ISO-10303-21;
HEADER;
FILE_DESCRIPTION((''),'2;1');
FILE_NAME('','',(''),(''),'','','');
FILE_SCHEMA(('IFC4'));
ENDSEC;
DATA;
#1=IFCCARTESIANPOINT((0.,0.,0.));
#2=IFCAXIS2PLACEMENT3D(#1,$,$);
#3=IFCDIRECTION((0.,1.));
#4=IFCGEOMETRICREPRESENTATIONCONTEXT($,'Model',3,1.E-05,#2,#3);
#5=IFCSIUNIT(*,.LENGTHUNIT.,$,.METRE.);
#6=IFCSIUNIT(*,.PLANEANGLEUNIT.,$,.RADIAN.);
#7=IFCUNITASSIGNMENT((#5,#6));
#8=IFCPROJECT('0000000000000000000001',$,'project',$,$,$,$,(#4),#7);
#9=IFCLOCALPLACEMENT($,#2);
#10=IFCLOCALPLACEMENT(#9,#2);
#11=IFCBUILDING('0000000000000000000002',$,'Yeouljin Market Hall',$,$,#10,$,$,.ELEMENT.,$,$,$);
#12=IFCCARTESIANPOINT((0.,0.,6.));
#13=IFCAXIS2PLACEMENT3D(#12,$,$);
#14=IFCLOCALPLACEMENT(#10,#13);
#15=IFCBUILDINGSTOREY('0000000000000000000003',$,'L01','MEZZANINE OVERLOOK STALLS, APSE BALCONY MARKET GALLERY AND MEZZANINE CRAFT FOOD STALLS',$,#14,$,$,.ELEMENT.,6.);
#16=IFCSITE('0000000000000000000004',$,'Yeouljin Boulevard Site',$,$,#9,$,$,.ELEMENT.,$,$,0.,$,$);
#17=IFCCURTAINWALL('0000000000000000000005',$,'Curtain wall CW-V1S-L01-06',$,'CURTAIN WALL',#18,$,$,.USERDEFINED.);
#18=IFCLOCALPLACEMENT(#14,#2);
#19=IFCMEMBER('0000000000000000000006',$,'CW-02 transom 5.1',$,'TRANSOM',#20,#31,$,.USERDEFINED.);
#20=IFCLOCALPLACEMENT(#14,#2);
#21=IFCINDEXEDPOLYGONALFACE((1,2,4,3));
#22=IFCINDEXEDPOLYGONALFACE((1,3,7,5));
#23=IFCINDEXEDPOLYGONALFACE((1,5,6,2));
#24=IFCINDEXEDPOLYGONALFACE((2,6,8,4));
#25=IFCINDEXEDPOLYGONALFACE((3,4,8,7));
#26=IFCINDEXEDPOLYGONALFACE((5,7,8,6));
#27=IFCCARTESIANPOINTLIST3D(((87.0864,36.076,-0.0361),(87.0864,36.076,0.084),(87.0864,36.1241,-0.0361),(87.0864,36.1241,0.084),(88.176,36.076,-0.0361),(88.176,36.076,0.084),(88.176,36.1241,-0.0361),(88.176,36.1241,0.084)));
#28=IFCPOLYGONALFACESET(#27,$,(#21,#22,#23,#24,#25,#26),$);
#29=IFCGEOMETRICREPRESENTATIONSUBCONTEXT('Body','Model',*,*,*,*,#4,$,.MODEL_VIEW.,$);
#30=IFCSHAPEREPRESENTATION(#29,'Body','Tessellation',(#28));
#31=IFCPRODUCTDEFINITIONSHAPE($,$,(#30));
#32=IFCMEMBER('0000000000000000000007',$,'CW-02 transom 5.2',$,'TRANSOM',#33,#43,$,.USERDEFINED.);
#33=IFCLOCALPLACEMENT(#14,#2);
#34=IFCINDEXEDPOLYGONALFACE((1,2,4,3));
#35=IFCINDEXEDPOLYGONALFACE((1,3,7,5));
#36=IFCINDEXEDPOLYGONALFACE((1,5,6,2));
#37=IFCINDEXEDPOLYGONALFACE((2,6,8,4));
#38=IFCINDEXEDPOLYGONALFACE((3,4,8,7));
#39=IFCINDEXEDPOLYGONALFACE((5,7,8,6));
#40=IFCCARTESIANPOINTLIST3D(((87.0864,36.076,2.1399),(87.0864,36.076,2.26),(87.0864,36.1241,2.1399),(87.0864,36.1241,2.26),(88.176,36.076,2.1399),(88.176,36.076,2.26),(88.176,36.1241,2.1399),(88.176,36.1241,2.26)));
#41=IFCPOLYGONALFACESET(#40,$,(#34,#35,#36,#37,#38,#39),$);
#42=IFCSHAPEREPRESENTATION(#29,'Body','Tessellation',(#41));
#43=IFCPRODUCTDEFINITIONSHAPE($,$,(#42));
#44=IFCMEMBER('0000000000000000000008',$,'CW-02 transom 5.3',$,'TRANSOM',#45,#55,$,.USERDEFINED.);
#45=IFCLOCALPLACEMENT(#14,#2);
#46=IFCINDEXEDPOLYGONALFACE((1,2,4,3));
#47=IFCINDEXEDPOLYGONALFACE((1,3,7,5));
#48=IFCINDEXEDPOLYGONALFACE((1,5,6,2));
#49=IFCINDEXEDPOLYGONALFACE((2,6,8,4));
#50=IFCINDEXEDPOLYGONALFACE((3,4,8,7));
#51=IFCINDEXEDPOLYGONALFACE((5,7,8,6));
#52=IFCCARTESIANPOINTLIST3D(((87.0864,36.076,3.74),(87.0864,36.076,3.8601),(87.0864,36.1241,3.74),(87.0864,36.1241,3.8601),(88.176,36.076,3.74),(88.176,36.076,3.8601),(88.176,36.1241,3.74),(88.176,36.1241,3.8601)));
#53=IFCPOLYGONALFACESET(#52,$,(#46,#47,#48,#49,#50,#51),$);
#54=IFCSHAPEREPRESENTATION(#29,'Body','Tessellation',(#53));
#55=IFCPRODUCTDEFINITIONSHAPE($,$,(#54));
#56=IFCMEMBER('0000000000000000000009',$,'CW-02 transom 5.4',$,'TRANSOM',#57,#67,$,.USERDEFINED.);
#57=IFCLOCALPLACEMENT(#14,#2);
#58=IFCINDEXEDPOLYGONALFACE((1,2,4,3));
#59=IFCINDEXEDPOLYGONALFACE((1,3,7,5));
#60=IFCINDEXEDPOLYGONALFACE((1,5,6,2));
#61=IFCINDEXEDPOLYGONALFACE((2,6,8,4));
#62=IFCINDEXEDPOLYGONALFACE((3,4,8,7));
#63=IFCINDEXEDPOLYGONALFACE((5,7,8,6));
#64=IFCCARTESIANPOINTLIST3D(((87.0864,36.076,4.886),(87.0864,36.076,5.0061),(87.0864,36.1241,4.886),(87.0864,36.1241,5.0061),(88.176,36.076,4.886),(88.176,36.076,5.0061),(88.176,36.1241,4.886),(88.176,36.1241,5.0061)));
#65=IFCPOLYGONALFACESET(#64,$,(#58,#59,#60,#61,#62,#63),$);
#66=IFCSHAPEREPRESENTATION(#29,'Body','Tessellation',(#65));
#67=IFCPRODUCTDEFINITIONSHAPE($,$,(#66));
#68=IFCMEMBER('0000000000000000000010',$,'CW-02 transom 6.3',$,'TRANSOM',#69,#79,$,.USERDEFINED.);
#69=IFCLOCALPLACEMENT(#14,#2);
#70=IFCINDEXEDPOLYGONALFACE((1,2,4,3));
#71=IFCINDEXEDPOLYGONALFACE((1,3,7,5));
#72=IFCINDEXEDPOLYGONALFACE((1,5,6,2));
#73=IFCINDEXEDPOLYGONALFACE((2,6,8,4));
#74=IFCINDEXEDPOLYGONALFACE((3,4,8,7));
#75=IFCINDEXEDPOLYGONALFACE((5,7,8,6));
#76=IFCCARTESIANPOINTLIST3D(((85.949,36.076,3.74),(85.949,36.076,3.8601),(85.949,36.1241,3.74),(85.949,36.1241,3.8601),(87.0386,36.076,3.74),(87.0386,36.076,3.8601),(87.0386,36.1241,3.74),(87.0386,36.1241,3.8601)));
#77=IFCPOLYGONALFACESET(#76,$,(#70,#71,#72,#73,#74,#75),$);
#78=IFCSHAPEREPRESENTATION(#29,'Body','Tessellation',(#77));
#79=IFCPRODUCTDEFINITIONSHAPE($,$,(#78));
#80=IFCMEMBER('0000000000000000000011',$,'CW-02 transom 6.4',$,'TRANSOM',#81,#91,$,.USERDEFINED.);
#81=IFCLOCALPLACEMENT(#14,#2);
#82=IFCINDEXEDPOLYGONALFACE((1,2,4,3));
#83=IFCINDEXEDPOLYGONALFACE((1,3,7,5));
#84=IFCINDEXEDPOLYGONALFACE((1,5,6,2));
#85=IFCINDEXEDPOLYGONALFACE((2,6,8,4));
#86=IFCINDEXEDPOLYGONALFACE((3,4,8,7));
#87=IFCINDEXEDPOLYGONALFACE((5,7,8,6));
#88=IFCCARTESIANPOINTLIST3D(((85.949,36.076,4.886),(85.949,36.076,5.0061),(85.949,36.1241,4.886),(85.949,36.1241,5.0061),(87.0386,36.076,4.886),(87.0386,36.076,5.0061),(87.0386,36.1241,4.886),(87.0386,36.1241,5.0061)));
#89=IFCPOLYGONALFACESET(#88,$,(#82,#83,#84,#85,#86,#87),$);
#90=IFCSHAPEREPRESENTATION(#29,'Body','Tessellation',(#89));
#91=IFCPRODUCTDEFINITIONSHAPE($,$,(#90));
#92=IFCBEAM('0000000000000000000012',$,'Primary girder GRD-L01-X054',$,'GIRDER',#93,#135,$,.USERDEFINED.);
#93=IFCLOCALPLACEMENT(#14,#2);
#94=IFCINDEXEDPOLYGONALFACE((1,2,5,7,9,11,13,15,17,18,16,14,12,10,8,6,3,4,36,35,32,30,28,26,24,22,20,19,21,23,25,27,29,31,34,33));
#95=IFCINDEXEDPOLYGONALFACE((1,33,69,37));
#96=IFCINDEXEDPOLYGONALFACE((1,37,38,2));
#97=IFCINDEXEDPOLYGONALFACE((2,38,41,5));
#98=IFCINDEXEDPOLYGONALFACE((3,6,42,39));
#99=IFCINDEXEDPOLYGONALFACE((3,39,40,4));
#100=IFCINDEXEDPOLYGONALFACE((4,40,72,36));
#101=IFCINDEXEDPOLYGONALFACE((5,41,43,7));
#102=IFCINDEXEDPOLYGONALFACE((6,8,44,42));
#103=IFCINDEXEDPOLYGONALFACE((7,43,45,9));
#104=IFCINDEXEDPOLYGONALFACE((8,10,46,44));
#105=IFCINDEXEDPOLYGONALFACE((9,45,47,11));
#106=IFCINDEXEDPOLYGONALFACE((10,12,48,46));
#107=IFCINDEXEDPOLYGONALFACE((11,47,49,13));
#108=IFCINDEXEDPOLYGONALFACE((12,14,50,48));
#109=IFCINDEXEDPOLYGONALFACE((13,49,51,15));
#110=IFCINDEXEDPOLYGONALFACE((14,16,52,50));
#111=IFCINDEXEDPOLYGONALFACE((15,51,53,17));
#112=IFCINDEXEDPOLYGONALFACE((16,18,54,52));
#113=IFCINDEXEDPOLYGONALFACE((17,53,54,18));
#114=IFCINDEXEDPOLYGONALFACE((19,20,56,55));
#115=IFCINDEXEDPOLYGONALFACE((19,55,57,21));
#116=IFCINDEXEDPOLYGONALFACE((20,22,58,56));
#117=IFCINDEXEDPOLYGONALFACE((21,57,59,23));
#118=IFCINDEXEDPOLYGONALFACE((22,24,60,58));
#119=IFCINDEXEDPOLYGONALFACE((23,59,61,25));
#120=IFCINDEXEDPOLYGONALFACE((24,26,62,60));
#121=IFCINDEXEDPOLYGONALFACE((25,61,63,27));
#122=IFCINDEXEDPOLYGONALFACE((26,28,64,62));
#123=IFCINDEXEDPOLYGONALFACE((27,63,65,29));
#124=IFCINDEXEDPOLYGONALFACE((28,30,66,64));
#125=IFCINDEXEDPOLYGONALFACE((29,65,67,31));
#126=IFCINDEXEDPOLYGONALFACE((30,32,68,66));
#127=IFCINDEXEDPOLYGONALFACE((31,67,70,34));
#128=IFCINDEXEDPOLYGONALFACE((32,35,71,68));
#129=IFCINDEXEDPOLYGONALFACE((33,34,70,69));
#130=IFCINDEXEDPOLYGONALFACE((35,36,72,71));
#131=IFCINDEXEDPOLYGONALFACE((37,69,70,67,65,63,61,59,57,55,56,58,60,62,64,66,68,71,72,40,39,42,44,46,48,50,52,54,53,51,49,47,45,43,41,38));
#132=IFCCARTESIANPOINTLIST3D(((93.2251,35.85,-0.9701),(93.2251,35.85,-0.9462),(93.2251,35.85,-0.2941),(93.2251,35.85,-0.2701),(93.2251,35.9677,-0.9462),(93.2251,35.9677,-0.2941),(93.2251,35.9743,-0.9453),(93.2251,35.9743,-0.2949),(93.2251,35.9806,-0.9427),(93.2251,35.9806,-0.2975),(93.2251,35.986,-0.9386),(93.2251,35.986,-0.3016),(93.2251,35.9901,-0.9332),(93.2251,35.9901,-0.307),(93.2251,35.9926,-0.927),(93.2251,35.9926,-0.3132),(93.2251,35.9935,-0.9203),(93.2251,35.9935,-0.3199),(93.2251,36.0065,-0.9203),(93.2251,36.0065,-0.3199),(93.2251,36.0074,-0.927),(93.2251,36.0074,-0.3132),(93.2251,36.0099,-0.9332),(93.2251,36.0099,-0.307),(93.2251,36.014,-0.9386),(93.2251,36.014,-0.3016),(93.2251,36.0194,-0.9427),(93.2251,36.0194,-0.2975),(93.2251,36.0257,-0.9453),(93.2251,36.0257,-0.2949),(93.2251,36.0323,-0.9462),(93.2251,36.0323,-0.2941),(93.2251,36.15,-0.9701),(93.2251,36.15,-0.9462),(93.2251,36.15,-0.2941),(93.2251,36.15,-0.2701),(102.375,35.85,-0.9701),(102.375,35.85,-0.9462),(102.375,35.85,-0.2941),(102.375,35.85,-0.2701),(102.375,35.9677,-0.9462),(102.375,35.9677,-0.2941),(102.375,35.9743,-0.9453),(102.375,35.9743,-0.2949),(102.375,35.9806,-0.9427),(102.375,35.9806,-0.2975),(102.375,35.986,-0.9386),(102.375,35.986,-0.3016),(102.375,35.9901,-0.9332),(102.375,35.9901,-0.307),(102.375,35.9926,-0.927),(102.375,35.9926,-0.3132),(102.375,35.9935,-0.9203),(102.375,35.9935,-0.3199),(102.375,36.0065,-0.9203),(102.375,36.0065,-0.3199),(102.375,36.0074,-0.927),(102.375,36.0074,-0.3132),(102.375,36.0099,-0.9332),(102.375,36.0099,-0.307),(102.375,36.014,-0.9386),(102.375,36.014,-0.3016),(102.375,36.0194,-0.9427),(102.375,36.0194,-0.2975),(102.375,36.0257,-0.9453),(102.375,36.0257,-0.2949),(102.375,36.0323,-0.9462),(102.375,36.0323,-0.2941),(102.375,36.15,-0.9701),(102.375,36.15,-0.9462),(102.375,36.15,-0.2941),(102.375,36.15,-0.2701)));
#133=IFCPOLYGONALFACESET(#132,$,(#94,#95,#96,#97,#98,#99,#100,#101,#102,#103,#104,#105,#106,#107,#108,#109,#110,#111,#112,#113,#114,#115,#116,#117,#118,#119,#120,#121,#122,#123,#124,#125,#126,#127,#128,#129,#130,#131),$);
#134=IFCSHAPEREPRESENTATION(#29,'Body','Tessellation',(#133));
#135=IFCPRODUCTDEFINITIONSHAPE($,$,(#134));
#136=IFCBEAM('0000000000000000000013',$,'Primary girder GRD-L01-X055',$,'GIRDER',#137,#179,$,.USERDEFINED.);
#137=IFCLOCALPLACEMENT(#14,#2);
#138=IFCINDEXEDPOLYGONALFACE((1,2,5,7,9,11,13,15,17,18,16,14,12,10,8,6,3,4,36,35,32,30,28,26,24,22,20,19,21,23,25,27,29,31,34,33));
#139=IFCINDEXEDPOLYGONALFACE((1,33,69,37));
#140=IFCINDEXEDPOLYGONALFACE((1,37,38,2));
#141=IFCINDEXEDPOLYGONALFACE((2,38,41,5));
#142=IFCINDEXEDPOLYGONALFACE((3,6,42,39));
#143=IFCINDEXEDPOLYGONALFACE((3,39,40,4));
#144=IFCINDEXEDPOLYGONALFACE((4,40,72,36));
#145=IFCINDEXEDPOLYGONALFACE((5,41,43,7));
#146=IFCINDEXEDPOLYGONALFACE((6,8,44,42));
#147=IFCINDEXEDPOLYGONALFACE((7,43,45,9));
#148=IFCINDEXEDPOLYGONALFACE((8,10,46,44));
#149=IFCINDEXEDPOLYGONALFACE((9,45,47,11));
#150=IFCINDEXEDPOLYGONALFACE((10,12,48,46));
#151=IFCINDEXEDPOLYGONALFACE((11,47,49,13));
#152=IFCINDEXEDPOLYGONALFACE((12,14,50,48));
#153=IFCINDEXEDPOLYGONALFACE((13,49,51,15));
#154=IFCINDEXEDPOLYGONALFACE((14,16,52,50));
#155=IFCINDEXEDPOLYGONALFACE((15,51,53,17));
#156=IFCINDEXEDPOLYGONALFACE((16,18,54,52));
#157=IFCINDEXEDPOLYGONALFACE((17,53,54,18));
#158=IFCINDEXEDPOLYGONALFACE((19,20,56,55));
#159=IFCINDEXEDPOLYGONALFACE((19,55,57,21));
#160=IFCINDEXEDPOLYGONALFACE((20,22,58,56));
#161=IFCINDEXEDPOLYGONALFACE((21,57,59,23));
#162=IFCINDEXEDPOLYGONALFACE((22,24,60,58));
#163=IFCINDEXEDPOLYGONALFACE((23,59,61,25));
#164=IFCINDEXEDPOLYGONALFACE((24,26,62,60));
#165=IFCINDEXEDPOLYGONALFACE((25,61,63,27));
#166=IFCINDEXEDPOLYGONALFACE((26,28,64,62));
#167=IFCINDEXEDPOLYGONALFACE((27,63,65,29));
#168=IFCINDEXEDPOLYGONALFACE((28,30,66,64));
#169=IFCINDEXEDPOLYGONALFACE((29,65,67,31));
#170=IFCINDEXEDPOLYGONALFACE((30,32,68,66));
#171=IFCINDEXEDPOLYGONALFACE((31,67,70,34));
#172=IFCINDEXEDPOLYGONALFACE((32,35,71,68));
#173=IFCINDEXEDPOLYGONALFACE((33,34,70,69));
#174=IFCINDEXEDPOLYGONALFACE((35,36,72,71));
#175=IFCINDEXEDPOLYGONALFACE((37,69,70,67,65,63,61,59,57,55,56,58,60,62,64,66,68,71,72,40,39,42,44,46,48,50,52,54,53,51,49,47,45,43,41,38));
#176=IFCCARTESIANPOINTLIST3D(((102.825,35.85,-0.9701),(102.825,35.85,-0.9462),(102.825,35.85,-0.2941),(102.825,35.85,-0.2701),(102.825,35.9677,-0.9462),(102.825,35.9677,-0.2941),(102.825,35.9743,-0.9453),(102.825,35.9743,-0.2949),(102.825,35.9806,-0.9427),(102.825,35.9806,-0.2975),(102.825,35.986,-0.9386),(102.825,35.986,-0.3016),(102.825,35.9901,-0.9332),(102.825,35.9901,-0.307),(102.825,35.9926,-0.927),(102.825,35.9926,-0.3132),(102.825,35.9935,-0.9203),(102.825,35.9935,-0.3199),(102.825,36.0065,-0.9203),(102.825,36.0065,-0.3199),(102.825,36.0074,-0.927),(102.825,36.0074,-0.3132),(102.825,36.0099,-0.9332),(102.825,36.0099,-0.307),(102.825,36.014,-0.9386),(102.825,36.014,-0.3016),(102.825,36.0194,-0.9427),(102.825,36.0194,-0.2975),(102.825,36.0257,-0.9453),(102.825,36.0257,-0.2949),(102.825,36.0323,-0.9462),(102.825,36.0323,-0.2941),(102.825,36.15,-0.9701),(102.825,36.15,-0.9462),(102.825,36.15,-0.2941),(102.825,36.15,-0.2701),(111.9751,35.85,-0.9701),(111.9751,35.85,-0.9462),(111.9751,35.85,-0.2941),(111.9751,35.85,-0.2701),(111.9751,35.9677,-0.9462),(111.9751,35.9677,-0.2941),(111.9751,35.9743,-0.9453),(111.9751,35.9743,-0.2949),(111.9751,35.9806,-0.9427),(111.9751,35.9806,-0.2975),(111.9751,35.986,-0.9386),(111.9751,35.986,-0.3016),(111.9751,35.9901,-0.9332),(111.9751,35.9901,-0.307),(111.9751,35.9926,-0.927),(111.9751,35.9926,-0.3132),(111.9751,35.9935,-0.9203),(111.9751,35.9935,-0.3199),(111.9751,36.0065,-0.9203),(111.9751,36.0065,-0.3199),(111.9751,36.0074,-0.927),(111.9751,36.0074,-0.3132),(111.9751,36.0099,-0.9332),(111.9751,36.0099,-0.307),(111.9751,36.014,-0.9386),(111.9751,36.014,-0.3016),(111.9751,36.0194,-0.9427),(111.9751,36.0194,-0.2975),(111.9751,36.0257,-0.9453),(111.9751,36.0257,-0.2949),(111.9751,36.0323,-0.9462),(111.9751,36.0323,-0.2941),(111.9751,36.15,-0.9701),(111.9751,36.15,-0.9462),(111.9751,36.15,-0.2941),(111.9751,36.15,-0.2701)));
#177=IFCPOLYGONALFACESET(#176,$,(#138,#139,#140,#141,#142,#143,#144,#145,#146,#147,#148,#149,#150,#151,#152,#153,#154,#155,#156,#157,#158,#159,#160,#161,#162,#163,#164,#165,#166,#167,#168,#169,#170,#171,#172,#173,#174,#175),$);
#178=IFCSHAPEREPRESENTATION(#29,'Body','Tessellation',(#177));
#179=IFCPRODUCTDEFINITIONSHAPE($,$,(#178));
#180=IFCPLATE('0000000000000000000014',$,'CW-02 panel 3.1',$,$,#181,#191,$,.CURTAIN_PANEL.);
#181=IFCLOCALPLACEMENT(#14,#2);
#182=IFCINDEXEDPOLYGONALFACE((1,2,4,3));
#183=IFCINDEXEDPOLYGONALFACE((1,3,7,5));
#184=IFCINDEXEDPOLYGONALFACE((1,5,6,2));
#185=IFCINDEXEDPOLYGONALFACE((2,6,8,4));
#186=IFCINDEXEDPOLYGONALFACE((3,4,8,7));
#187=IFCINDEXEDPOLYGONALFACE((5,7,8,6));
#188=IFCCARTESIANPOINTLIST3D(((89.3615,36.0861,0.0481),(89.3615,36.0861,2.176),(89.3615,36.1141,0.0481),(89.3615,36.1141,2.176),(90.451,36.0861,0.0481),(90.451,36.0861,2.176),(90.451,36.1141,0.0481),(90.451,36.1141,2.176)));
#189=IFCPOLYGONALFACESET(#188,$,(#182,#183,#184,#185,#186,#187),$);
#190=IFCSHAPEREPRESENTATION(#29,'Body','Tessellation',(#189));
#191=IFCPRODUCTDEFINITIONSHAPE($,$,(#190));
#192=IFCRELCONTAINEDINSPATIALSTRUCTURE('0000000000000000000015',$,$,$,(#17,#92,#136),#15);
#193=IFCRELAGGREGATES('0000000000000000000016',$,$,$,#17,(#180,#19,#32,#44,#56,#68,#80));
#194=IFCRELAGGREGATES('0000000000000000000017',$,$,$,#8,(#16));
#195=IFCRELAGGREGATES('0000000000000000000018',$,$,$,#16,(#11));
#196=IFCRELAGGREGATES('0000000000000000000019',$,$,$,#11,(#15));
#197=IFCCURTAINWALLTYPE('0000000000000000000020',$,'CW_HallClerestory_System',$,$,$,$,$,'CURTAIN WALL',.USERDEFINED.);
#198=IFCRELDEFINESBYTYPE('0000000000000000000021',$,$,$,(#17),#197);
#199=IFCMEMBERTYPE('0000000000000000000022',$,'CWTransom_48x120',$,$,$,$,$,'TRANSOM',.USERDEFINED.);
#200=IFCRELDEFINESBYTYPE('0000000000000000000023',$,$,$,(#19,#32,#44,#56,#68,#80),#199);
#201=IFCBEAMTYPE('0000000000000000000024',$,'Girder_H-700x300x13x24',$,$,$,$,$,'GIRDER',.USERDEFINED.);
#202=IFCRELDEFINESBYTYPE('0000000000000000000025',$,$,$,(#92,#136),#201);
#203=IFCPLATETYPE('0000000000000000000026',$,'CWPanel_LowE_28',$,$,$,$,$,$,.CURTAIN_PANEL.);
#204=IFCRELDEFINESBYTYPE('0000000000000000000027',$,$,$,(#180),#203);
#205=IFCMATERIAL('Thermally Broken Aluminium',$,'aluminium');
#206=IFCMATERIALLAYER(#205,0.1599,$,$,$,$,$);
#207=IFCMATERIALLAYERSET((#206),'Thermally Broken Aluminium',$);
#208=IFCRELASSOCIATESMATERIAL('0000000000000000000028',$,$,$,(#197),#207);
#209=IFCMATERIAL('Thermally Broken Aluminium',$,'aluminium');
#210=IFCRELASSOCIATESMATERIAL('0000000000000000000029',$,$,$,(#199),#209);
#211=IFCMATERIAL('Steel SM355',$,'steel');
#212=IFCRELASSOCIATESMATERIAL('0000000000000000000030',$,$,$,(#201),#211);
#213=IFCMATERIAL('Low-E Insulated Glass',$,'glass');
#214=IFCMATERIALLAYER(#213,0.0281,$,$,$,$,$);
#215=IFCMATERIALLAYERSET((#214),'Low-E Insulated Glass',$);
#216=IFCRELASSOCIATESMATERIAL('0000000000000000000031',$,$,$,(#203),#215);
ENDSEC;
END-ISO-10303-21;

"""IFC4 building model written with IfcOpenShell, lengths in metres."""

from ifc_helpers import new_model, si_unit, direction, frame, origin, origin_2d, place, context, subcontext, project, spatial, rectangle, i_section, extrude, material, layer, layer_set, material_profile, profile_set, type_object, element, aggregate, save


model = new_model("IFC4")

# Units and contexts
model_context = context("Model", 3, precision=1e-05, world=origin(), true_north=direction((0.0, 1.0)))
body_context = subcontext(model_context, "Body", "Model", "MODEL_VIEW")
ifc_project = project(units=[si_unit("LENGTHUNIT", "METRE"), si_unit("PLANEANGLEUNIT", "RADIAN")], contexts=[model_context])

# Site, building, storey
site_placement = place(None, origin())
site = spatial("IfcSite", under=ifc_project, at=site_placement, Name="Yeouljin Boulevard Site", CompositionType="ELEMENT", RefElevation=0.0)
building_placement = place(site_placement, origin())
building = spatial("IfcBuilding", under=site, at=building_placement, Name="Yeouljin Market Hall", CompositionType="ELEMENT")
storey_placement = place(building_placement, frame((0.0, 0.0, 6.0)))
storey = spatial("IfcBuildingStorey", under=building, at=storey_placement, Name="L01", Description="MEZZANINE OVERLOOK STALLS, APSE BALCONY MARKET GALLERY AND MEZZANINE CRAFT FOOD STALLS", CompositionType="ELEMENT", Elevation=6.0)

# Curtain wall, members
ifc_material_1 = material(Name="Thermally Broken Aluminium", Category="aluminium")
ifc_layer_1 = layer(ifc_material_1, 0.1599)
ifc_layer_set_1 = layer_set([ifc_layer_1], Name="Thermally Broken Aluminium")
curtain_wall_type = type_object("IfcCurtainWallType", Name="CW_HallClerestory_System", ElementType="CURTAIN WALL", PredefinedType="USERDEFINED", material=ifc_layer_set_1)
curtain_wall_placement = place(storey_placement, origin())
curtain_wall = element("IfcCurtainWall", 1, at=curtain_wall_placement, inside=storey, type_object=curtain_wall_type, Name="Curtain wall CW-V1S-L01-06", ObjectType="CURTAIN WALL", PredefinedType="USERDEFINED")
ifc_material_2 = material(Name="Thermally Broken Aluminium", Category="aluminium")
ifc_material_profile_1 = material_profile(ifc_material_2, rectangle(XDim=0.0481, YDim=0.1201, at=origin_2d()), Name="CW-TRAN-48x120")
ifc_profile_set_1 = profile_set([ifc_material_profile_1], Name="Thermally Broken Aluminium")
member_type_1 = type_object("IfcMemberType", Name="CWTransom_48x120", ElementType="TRANSOM", PredefinedType="USERDEFINED", material=ifc_profile_set_1)
member_1_placement = place(storey_placement, frame((88.176, 36.1001, 0.0239), z_axis=(-1.0, 0.0, 0.0), x_axis=(0.0, -1.0, 0.0)))
member_1 = element("IfcMember", 2, at=member_1_placement, type_object=member_type_1, Name="CW-02 transom 5.1", ObjectType="TRANSOM", PredefinedType="USERDEFINED", context=body_context, shape_type="SweptSolid", body=[
    extrude(rectangle(XDim=0.0481, YDim=0.1201, at=origin_2d()), origin(), (0.0, 0.0, 1.0), 1.0896),
])
member_2_placement = place(storey_placement, frame((88.176, 36.1001, 2.2), z_axis=(-1.0, 0.0, 0.0), x_axis=(0.0, -1.0, 0.0)))
member_2 = element("IfcMember", 3, at=member_2_placement, type_object=member_type_1, Name="CW-02 transom 5.2", ObjectType="TRANSOM", PredefinedType="USERDEFINED", context=body_context, shape_type="SweptSolid", body=[
    extrude(rectangle(XDim=0.0481, YDim=0.1201, at=origin_2d()), origin(), (0.0, 0.0, 1.0), 1.0896),
])
member_3_placement = place(storey_placement, frame((88.176, 36.1001, 3.8), z_axis=(-1.0, 0.0, 0.0), x_axis=(0.0, -1.0, 0.0)))
member_3 = element("IfcMember", 4, at=member_3_placement, type_object=member_type_1, Name="CW-02 transom 5.3", ObjectType="TRANSOM", PredefinedType="USERDEFINED", context=body_context, shape_type="SweptSolid", body=[
    extrude(rectangle(XDim=0.0481, YDim=0.1201, at=origin_2d()), origin(), (0.0, 0.0, 1.0), 1.0896),
])
member_4_placement = place(storey_placement, frame((88.176, 36.1001, 4.946), z_axis=(-1.0, 0.0, 0.0), x_axis=(0.0, -1.0, 0.0)))
member_4 = element("IfcMember", 5, at=member_4_placement, type_object=member_type_1, Name="CW-02 transom 5.4", ObjectType="TRANSOM", PredefinedType="USERDEFINED", context=body_context, shape_type="SweptSolid", body=[
    extrude(rectangle(XDim=0.0481, YDim=0.1201, at=origin_2d()), origin(), (0.0, 0.0, 1.0), 1.0896),
])
member_5_placement = place(storey_placement, frame((87.0386, 36.1001, 3.8), z_axis=(-1.0, 0.0, 0.0), x_axis=(0.0, -1.0, 0.0)))
member_5 = element("IfcMember", 6, at=member_5_placement, type_object=member_type_1, Name="CW-02 transom 6.3", ObjectType="TRANSOM", PredefinedType="USERDEFINED", context=body_context, shape_type="SweptSolid", body=[
    extrude(rectangle(XDim=0.0481, YDim=0.1201, at=origin_2d()), origin(), (0.0, 0.0, 1.0), 1.0896),
])
member_6_placement = place(storey_placement, frame((87.0386, 36.1001, 4.946), z_axis=(-1.0, 0.0, 0.0), x_axis=(0.0, -1.0, 0.0)))
member_6 = element("IfcMember", 7, at=member_6_placement, type_object=member_type_1, Name="CW-02 transom 6.4", ObjectType="TRANSOM", PredefinedType="USERDEFINED", context=body_context, shape_type="SweptSolid", body=[
    extrude(rectangle(XDim=0.0481, YDim=0.1201, at=origin_2d()), origin(), (0.0, 0.0, 1.0), 1.0896),
])

# Beams
ifc_material_3 = material(Name="Steel SM355", Category="steel")
ifc_material_profile_2 = material_profile(ifc_material_3, i_section(OverallWidth=0.3, OverallDepth=0.7, WebThickness=0.0129, FlangeThickness=0.0239, FilletRadius=0.0259, at=origin_2d()), Name="H-700x300x13x24")
ifc_profile_set_2 = profile_set([ifc_material_profile_2], Name="Steel SM355")
beam_type = type_object("IfcBeamType", Name="Girder_H-700x300x13x24", ElementType="GIRDER", PredefinedType="USERDEFINED", material=ifc_profile_set_2)
beam_1_placement = place(storey_placement, frame((93.2251, 36.0, -0.6201), z_axis=(1.0, 0.0, 0.0), x_axis=(0.0, 1.0, 0.0)))
element("IfcBeam", 8, at=beam_1_placement, inside=storey, type_object=beam_type, Name="Primary girder GRD-L01-X054", ObjectType="GIRDER", PredefinedType="USERDEFINED", context=body_context, shape_type="SweptSolid", body=[
    extrude(i_section(OverallWidth=0.3, OverallDepth=0.7, WebThickness=0.0129, FlangeThickness=0.0239, FilletRadius=0.0259, at=origin_2d()), origin(), (0.0, 0.0, 1.0), 9.1499),
])
beam_2_placement = place(storey_placement, frame((102.825, 36.0, -0.6201), z_axis=(1.0, 0.0, 0.0), x_axis=(0.0, 1.0, 0.0)))
element("IfcBeam", 9, at=beam_2_placement, inside=storey, type_object=beam_type, Name="Primary girder GRD-L01-X055", ObjectType="GIRDER", PredefinedType="USERDEFINED", context=body_context, shape_type="SweptSolid", body=[
    extrude(i_section(OverallWidth=0.3, OverallDepth=0.7, WebThickness=0.0129, FlangeThickness=0.0239, FilletRadius=0.0259, at=origin_2d()), origin(), (0.0, 0.0, 1.0), 9.1501),
])

# Plate
ifc_material_4 = material(Name="Low-E Insulated Glass", Category="glass")
ifc_layer_2 = layer(ifc_material_4, 0.0281)
ifc_layer_set_2 = layer_set([ifc_layer_2], Name="Low-E Insulated Glass")
plate_type = type_object("IfcPlateType", Name="CWPanel_LowE_28", PredefinedType="CURTAIN_PANEL", material=ifc_layer_set_2)
plate_1_placement = place(storey_placement, frame((89.9062, 36.1001, 0.0481), z_axis=(0.0, 0.0, 1.0), x_axis=(-1.0, 0.0, 0.0)))
plate_1 = element("IfcPlate", 10, at=plate_1_placement, type_object=plate_type, Name="CW-02 panel 3.1", PredefinedType="CURTAIN_PANEL", context=body_context, shape_type="SweptSolid", body=[
    extrude(rectangle(XDim=1.0896, YDim=0.0281, at=origin_2d()), origin(), (0.0, 0.0, 1.0), 2.1279),
])
aggregate(curtain_wall, [plate_1, member_1, member_2, member_3, member_4, member_5, member_6])

save(model, "model.ifc")
